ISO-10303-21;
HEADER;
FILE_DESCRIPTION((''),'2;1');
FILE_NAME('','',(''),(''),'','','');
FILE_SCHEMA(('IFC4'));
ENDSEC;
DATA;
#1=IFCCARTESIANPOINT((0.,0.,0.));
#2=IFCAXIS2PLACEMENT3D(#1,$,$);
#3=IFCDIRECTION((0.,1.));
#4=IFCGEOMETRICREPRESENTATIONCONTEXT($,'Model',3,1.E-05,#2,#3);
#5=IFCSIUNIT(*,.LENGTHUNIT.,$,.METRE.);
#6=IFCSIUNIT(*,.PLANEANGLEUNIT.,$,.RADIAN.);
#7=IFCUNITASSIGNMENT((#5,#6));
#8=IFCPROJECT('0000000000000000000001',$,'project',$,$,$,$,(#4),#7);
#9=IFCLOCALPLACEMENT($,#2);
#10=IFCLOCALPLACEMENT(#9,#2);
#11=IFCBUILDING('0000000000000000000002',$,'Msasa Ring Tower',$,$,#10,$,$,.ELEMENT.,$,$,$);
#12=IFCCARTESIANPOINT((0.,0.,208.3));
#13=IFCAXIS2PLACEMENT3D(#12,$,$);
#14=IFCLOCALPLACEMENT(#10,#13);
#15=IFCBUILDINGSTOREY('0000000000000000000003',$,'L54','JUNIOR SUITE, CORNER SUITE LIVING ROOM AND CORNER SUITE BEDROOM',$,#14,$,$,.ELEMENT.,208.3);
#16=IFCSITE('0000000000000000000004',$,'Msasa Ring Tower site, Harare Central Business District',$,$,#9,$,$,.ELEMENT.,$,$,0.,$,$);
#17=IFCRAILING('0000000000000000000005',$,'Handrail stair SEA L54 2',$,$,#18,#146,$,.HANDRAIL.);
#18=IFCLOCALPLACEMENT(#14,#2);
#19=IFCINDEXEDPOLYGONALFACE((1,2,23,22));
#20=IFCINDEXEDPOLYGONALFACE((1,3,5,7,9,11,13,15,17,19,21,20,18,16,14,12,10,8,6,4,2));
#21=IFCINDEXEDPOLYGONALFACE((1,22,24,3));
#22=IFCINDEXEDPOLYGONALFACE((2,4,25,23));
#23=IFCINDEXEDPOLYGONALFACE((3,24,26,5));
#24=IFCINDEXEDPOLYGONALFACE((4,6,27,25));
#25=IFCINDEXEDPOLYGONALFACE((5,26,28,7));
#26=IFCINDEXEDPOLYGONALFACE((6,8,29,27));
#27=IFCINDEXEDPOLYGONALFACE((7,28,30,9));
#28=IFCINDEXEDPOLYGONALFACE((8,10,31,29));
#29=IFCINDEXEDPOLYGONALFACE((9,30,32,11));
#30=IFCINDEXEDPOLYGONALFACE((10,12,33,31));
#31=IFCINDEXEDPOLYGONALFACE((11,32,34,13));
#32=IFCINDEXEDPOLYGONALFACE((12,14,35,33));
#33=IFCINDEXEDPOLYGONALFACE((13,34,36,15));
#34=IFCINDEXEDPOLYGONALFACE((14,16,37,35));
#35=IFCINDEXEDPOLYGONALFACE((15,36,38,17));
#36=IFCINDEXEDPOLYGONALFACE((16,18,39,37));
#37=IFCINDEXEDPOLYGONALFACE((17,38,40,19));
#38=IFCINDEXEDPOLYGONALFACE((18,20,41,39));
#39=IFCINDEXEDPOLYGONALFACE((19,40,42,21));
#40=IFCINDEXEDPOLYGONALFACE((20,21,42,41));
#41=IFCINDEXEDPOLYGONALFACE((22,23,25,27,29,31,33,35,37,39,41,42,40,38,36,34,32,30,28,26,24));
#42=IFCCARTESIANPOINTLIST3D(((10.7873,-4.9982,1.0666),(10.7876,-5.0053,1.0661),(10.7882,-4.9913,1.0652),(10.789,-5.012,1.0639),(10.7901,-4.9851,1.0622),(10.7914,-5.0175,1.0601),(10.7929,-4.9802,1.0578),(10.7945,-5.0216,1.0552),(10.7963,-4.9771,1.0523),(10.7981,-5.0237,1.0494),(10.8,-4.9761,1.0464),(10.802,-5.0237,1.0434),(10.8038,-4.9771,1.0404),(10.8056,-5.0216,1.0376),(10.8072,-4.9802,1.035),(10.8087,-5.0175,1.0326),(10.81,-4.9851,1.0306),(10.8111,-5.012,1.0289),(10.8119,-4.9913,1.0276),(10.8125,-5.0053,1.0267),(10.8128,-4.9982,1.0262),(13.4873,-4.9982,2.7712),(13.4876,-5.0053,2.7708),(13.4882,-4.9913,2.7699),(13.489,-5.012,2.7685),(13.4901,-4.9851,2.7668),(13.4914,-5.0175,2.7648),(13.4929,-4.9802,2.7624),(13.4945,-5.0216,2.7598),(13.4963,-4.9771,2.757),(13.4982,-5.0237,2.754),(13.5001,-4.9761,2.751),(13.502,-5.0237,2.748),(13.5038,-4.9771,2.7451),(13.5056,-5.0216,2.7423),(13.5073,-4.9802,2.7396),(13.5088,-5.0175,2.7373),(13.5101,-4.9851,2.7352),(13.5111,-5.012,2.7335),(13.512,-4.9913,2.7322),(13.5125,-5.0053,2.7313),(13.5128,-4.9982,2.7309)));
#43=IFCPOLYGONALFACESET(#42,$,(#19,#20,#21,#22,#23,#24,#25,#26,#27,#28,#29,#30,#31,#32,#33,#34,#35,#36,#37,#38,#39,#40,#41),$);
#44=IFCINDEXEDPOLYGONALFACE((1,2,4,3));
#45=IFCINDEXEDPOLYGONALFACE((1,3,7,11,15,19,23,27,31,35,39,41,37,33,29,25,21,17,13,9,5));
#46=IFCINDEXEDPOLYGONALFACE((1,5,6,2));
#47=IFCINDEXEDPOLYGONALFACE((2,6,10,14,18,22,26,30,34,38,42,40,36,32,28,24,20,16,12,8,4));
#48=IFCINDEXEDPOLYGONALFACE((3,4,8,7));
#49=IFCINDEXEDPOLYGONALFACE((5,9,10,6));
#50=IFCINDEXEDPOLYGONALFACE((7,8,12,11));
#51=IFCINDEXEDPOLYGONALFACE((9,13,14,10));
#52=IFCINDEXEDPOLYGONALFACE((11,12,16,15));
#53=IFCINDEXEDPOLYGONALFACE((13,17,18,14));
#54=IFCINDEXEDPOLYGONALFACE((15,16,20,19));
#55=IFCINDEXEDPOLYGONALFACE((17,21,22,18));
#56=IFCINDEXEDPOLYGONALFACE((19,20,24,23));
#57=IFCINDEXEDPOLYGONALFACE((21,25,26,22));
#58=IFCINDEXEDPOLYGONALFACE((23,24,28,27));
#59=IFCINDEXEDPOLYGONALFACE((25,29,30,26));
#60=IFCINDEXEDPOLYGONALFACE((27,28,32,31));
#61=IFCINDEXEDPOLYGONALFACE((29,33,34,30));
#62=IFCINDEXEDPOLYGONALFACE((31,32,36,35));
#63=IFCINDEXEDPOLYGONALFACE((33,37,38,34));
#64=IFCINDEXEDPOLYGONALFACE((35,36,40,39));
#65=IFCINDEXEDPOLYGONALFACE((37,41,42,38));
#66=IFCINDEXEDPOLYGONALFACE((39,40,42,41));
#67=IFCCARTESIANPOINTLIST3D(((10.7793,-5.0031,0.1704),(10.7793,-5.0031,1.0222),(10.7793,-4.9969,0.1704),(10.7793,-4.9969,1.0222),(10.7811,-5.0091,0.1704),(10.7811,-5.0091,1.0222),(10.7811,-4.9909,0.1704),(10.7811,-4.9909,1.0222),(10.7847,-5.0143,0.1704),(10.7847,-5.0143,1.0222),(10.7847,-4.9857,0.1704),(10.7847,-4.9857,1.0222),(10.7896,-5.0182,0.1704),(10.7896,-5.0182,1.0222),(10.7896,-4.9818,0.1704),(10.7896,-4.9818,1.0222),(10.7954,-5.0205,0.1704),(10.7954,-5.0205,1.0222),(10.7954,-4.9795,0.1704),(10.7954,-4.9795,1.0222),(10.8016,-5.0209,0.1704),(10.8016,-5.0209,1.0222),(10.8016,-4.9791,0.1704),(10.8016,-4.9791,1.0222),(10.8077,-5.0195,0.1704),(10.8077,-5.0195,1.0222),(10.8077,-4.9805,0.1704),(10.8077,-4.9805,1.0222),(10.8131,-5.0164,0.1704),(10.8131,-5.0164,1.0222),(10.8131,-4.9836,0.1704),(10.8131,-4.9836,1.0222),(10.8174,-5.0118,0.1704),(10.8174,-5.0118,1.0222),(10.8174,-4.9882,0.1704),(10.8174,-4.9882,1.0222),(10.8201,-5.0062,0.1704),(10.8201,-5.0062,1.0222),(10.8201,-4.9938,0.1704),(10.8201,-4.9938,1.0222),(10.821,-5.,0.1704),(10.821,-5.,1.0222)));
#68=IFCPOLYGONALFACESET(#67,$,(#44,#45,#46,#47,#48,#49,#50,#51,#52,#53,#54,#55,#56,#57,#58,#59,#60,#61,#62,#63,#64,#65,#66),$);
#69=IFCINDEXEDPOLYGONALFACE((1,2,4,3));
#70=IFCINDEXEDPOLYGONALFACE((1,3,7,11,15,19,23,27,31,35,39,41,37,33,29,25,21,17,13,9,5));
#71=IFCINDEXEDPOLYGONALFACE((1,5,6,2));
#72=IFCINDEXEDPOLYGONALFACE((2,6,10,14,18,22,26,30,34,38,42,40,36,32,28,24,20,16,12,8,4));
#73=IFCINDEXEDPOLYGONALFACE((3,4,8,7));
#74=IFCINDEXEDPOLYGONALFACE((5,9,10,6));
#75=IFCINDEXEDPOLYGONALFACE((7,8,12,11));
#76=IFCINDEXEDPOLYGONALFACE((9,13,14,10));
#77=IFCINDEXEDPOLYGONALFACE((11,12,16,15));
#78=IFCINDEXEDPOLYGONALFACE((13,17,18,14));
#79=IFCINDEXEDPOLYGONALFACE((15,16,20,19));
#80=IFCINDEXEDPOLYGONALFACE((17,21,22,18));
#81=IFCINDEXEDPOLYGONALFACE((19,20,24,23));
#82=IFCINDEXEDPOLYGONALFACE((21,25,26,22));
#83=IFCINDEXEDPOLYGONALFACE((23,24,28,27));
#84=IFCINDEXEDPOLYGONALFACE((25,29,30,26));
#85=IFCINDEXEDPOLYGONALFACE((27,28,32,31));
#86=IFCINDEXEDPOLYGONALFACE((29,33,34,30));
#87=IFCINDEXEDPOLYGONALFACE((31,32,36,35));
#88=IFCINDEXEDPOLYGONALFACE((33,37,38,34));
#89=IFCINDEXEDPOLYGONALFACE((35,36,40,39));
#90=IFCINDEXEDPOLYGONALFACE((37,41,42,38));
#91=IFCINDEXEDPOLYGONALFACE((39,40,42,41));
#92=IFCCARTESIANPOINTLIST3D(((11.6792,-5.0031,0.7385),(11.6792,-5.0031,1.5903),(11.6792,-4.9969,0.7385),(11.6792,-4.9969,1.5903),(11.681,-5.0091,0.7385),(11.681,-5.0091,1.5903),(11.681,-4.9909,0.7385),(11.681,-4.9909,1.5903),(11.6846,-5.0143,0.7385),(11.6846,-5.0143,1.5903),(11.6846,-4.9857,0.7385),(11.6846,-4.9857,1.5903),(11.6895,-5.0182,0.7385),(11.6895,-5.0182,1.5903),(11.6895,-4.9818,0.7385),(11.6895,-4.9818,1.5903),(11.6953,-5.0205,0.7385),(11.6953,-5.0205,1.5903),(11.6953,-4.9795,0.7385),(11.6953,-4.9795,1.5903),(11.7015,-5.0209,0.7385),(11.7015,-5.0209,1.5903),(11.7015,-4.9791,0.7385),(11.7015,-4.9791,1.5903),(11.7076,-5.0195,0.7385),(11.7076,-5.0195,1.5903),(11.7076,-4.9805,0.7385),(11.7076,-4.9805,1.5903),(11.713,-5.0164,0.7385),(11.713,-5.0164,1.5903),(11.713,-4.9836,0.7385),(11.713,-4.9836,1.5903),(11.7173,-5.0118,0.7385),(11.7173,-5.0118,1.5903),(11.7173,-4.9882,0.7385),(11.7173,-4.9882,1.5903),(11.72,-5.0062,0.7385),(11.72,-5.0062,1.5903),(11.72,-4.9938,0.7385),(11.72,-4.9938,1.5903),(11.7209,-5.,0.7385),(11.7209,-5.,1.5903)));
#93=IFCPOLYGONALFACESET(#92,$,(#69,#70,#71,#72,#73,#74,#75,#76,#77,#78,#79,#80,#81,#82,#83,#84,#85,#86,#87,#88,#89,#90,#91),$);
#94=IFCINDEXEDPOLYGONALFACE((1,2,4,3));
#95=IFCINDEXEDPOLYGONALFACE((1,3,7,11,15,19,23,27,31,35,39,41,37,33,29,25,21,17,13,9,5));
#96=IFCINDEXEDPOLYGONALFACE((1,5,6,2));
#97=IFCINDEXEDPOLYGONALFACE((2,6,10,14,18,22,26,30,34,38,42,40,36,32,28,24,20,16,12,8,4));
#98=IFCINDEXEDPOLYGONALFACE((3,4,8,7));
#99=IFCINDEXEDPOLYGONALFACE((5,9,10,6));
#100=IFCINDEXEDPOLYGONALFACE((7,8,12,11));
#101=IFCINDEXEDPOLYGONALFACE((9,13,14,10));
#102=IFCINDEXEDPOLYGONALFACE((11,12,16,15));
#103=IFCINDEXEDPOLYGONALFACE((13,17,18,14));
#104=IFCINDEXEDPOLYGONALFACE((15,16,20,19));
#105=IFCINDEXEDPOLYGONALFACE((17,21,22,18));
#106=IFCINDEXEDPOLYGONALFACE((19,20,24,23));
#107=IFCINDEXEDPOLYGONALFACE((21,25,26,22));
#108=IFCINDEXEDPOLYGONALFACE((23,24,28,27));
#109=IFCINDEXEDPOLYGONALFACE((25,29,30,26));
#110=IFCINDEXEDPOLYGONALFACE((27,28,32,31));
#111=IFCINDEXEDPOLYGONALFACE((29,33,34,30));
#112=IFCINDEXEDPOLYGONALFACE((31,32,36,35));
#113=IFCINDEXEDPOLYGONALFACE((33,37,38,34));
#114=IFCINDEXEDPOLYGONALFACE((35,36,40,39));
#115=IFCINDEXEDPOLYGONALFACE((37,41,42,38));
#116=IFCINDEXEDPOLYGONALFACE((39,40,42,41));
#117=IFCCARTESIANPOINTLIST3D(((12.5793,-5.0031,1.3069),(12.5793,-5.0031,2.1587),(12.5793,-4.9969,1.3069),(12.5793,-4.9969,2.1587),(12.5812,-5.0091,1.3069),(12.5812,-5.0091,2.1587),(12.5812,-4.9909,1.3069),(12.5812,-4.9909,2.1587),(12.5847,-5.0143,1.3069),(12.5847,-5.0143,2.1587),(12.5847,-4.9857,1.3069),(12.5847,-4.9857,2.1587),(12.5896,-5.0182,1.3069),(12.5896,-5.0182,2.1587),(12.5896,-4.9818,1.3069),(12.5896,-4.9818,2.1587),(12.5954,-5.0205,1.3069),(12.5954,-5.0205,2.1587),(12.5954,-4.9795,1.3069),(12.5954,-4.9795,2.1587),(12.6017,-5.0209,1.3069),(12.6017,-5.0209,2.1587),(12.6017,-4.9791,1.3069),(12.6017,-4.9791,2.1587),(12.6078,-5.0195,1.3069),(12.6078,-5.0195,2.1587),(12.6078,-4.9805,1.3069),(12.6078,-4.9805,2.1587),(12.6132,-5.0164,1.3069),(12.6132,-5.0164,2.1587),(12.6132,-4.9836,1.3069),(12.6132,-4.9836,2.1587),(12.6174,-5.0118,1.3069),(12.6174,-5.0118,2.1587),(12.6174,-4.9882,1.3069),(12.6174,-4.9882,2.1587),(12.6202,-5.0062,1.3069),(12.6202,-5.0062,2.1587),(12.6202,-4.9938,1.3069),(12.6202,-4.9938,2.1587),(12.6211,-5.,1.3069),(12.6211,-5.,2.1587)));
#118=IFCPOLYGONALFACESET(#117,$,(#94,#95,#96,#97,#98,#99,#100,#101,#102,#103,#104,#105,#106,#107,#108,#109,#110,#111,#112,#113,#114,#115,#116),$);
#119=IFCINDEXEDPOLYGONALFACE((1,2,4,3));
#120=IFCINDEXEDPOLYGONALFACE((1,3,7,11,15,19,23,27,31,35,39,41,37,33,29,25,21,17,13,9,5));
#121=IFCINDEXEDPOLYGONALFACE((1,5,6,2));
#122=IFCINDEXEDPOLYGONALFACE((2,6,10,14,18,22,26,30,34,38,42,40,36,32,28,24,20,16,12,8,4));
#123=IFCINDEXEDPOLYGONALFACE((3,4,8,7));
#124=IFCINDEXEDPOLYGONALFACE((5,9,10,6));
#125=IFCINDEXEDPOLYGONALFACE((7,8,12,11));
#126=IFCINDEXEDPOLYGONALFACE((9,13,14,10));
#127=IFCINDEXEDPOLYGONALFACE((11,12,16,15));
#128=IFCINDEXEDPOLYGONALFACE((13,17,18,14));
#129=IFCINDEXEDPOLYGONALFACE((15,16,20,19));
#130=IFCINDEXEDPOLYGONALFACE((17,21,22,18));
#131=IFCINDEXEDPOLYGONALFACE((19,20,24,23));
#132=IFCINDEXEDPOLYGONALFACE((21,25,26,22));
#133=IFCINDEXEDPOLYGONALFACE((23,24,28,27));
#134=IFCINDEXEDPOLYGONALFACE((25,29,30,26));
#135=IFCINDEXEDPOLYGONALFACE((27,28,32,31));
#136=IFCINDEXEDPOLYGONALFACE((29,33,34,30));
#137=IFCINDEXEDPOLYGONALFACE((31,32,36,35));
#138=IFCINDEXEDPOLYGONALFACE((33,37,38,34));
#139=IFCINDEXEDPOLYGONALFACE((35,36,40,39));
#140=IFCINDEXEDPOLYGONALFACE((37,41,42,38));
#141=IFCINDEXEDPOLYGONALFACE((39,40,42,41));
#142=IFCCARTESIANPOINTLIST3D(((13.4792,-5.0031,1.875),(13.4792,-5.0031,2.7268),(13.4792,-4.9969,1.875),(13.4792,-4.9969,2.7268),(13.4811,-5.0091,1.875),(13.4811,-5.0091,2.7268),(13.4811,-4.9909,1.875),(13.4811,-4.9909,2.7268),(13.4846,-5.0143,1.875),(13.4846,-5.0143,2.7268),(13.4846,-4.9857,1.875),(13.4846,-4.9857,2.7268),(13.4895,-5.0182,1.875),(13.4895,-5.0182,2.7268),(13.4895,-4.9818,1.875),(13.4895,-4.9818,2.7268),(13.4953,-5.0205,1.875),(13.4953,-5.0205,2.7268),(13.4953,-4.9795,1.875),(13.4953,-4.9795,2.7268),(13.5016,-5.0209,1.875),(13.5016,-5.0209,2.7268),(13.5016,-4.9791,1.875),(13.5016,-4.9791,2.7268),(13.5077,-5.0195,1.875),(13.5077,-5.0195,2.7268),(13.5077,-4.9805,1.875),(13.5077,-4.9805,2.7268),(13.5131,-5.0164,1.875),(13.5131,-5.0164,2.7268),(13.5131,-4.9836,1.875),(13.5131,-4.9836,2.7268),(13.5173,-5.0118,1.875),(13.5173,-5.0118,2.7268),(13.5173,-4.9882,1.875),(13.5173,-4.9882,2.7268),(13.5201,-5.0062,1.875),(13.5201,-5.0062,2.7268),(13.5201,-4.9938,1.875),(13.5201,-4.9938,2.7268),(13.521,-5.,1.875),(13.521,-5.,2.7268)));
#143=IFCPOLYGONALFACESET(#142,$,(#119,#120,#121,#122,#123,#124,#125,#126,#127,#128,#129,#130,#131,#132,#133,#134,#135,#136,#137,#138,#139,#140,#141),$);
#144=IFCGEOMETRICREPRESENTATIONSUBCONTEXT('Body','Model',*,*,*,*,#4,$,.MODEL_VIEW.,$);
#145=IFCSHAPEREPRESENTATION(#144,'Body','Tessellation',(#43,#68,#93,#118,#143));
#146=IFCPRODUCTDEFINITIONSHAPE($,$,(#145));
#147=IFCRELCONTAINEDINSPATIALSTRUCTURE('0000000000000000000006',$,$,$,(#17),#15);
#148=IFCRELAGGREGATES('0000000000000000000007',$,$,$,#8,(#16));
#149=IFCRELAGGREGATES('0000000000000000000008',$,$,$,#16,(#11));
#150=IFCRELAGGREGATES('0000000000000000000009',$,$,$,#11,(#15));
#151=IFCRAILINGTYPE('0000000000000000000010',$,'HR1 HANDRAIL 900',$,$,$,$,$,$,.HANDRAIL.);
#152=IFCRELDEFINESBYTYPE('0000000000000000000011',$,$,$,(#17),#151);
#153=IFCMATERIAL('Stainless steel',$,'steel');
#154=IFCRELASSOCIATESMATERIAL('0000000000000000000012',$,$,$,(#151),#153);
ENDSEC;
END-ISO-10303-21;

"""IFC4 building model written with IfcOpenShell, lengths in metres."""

from ifc_helpers import new_model, si_unit, direction, frame, origin, origin_2d, place, context, subcontext, project, spatial, circle, extrude, material, type_object, element, save


model = new_model("IFC4")

# Units and contexts
model_context = context("Model", 3, precision=1e-05, world=origin(), true_north=direction((0.0, 1.0)))
body_context = subcontext(model_context, "Body", "Model", "MODEL_VIEW")
ifc_project = project(units=[si_unit("LENGTHUNIT", "METRE"), si_unit("PLANEANGLEUNIT", "RADIAN")], contexts=[model_context])

# Site, building, storey
site_placement = place(None, origin())
site = spatial("IfcSite", under=ifc_project, at=site_placement, Name="Msasa Ring Tower site, Harare Central Business District", CompositionType="ELEMENT", RefElevation=0.0)
building_placement = place(site_placement, origin())
building = spatial("IfcBuilding", under=site, at=building_placement, Name="Msasa Ring Tower", CompositionType="ELEMENT")
storey_placement = place(building_placement, frame((0.0, 0.0, 208.3)))
storey = spatial("IfcBuildingStorey", under=building, at=storey_placement, Name="L54", Description="JUNIOR SUITE, CORNER SUITE LIVING ROOM AND CORNER SUITE BEDROOM", CompositionType="ELEMENT", Elevation=208.3)

# Railing
ifc_material_1 = material(Name="Stainless steel", Category="steel")
railing_type = type_object("IfcRailingType", Name="HR1 HANDRAIL 900", PredefinedType="HANDRAIL", material=ifc_material_1)
for number, where, name in (
    (1, (10.8, -5.0, 0.1704), "Handrail stair SEA L54 2"),
):
    element("IfcRailing", number, at=place(storey_placement, frame(where)), inside=storey, type_object=railing_type, Name=name, PredefinedType="HANDRAIL", context=body_context, shape_type="SweptSolid", body=[
        extrude(circle(Radius=0.0239, at=origin_2d()), frame((0.0, 0.0, 0.876), z_axis=(0.84558, 0.0, 0.533849), x_axis=(0.0, 1.0, 0.0)), (0.0, 0.0, 1.0), 3.1931),
        extrude(circle(Radius=0.021, at=origin_2d()), origin(), (0.0, 0.0, 1.0), 0.8518),
        extrude(circle(Radius=0.021, at=origin_2d()), frame((0.8999, 0.0, 0.5681)), (0.0, 0.0, 1.0), 0.8518),
        extrude(circle(Radius=0.021, at=origin_2d()), frame((1.8, 0.0, 1.1365)), (0.0, 0.0, 1.0), 0.8518),
        extrude(circle(Radius=0.021, at=origin_2d()), frame((2.7, 0.0, 1.7046)), (0.0, 0.0, 1.0), 0.8518),
    ])

save(model, "model.ifc")
